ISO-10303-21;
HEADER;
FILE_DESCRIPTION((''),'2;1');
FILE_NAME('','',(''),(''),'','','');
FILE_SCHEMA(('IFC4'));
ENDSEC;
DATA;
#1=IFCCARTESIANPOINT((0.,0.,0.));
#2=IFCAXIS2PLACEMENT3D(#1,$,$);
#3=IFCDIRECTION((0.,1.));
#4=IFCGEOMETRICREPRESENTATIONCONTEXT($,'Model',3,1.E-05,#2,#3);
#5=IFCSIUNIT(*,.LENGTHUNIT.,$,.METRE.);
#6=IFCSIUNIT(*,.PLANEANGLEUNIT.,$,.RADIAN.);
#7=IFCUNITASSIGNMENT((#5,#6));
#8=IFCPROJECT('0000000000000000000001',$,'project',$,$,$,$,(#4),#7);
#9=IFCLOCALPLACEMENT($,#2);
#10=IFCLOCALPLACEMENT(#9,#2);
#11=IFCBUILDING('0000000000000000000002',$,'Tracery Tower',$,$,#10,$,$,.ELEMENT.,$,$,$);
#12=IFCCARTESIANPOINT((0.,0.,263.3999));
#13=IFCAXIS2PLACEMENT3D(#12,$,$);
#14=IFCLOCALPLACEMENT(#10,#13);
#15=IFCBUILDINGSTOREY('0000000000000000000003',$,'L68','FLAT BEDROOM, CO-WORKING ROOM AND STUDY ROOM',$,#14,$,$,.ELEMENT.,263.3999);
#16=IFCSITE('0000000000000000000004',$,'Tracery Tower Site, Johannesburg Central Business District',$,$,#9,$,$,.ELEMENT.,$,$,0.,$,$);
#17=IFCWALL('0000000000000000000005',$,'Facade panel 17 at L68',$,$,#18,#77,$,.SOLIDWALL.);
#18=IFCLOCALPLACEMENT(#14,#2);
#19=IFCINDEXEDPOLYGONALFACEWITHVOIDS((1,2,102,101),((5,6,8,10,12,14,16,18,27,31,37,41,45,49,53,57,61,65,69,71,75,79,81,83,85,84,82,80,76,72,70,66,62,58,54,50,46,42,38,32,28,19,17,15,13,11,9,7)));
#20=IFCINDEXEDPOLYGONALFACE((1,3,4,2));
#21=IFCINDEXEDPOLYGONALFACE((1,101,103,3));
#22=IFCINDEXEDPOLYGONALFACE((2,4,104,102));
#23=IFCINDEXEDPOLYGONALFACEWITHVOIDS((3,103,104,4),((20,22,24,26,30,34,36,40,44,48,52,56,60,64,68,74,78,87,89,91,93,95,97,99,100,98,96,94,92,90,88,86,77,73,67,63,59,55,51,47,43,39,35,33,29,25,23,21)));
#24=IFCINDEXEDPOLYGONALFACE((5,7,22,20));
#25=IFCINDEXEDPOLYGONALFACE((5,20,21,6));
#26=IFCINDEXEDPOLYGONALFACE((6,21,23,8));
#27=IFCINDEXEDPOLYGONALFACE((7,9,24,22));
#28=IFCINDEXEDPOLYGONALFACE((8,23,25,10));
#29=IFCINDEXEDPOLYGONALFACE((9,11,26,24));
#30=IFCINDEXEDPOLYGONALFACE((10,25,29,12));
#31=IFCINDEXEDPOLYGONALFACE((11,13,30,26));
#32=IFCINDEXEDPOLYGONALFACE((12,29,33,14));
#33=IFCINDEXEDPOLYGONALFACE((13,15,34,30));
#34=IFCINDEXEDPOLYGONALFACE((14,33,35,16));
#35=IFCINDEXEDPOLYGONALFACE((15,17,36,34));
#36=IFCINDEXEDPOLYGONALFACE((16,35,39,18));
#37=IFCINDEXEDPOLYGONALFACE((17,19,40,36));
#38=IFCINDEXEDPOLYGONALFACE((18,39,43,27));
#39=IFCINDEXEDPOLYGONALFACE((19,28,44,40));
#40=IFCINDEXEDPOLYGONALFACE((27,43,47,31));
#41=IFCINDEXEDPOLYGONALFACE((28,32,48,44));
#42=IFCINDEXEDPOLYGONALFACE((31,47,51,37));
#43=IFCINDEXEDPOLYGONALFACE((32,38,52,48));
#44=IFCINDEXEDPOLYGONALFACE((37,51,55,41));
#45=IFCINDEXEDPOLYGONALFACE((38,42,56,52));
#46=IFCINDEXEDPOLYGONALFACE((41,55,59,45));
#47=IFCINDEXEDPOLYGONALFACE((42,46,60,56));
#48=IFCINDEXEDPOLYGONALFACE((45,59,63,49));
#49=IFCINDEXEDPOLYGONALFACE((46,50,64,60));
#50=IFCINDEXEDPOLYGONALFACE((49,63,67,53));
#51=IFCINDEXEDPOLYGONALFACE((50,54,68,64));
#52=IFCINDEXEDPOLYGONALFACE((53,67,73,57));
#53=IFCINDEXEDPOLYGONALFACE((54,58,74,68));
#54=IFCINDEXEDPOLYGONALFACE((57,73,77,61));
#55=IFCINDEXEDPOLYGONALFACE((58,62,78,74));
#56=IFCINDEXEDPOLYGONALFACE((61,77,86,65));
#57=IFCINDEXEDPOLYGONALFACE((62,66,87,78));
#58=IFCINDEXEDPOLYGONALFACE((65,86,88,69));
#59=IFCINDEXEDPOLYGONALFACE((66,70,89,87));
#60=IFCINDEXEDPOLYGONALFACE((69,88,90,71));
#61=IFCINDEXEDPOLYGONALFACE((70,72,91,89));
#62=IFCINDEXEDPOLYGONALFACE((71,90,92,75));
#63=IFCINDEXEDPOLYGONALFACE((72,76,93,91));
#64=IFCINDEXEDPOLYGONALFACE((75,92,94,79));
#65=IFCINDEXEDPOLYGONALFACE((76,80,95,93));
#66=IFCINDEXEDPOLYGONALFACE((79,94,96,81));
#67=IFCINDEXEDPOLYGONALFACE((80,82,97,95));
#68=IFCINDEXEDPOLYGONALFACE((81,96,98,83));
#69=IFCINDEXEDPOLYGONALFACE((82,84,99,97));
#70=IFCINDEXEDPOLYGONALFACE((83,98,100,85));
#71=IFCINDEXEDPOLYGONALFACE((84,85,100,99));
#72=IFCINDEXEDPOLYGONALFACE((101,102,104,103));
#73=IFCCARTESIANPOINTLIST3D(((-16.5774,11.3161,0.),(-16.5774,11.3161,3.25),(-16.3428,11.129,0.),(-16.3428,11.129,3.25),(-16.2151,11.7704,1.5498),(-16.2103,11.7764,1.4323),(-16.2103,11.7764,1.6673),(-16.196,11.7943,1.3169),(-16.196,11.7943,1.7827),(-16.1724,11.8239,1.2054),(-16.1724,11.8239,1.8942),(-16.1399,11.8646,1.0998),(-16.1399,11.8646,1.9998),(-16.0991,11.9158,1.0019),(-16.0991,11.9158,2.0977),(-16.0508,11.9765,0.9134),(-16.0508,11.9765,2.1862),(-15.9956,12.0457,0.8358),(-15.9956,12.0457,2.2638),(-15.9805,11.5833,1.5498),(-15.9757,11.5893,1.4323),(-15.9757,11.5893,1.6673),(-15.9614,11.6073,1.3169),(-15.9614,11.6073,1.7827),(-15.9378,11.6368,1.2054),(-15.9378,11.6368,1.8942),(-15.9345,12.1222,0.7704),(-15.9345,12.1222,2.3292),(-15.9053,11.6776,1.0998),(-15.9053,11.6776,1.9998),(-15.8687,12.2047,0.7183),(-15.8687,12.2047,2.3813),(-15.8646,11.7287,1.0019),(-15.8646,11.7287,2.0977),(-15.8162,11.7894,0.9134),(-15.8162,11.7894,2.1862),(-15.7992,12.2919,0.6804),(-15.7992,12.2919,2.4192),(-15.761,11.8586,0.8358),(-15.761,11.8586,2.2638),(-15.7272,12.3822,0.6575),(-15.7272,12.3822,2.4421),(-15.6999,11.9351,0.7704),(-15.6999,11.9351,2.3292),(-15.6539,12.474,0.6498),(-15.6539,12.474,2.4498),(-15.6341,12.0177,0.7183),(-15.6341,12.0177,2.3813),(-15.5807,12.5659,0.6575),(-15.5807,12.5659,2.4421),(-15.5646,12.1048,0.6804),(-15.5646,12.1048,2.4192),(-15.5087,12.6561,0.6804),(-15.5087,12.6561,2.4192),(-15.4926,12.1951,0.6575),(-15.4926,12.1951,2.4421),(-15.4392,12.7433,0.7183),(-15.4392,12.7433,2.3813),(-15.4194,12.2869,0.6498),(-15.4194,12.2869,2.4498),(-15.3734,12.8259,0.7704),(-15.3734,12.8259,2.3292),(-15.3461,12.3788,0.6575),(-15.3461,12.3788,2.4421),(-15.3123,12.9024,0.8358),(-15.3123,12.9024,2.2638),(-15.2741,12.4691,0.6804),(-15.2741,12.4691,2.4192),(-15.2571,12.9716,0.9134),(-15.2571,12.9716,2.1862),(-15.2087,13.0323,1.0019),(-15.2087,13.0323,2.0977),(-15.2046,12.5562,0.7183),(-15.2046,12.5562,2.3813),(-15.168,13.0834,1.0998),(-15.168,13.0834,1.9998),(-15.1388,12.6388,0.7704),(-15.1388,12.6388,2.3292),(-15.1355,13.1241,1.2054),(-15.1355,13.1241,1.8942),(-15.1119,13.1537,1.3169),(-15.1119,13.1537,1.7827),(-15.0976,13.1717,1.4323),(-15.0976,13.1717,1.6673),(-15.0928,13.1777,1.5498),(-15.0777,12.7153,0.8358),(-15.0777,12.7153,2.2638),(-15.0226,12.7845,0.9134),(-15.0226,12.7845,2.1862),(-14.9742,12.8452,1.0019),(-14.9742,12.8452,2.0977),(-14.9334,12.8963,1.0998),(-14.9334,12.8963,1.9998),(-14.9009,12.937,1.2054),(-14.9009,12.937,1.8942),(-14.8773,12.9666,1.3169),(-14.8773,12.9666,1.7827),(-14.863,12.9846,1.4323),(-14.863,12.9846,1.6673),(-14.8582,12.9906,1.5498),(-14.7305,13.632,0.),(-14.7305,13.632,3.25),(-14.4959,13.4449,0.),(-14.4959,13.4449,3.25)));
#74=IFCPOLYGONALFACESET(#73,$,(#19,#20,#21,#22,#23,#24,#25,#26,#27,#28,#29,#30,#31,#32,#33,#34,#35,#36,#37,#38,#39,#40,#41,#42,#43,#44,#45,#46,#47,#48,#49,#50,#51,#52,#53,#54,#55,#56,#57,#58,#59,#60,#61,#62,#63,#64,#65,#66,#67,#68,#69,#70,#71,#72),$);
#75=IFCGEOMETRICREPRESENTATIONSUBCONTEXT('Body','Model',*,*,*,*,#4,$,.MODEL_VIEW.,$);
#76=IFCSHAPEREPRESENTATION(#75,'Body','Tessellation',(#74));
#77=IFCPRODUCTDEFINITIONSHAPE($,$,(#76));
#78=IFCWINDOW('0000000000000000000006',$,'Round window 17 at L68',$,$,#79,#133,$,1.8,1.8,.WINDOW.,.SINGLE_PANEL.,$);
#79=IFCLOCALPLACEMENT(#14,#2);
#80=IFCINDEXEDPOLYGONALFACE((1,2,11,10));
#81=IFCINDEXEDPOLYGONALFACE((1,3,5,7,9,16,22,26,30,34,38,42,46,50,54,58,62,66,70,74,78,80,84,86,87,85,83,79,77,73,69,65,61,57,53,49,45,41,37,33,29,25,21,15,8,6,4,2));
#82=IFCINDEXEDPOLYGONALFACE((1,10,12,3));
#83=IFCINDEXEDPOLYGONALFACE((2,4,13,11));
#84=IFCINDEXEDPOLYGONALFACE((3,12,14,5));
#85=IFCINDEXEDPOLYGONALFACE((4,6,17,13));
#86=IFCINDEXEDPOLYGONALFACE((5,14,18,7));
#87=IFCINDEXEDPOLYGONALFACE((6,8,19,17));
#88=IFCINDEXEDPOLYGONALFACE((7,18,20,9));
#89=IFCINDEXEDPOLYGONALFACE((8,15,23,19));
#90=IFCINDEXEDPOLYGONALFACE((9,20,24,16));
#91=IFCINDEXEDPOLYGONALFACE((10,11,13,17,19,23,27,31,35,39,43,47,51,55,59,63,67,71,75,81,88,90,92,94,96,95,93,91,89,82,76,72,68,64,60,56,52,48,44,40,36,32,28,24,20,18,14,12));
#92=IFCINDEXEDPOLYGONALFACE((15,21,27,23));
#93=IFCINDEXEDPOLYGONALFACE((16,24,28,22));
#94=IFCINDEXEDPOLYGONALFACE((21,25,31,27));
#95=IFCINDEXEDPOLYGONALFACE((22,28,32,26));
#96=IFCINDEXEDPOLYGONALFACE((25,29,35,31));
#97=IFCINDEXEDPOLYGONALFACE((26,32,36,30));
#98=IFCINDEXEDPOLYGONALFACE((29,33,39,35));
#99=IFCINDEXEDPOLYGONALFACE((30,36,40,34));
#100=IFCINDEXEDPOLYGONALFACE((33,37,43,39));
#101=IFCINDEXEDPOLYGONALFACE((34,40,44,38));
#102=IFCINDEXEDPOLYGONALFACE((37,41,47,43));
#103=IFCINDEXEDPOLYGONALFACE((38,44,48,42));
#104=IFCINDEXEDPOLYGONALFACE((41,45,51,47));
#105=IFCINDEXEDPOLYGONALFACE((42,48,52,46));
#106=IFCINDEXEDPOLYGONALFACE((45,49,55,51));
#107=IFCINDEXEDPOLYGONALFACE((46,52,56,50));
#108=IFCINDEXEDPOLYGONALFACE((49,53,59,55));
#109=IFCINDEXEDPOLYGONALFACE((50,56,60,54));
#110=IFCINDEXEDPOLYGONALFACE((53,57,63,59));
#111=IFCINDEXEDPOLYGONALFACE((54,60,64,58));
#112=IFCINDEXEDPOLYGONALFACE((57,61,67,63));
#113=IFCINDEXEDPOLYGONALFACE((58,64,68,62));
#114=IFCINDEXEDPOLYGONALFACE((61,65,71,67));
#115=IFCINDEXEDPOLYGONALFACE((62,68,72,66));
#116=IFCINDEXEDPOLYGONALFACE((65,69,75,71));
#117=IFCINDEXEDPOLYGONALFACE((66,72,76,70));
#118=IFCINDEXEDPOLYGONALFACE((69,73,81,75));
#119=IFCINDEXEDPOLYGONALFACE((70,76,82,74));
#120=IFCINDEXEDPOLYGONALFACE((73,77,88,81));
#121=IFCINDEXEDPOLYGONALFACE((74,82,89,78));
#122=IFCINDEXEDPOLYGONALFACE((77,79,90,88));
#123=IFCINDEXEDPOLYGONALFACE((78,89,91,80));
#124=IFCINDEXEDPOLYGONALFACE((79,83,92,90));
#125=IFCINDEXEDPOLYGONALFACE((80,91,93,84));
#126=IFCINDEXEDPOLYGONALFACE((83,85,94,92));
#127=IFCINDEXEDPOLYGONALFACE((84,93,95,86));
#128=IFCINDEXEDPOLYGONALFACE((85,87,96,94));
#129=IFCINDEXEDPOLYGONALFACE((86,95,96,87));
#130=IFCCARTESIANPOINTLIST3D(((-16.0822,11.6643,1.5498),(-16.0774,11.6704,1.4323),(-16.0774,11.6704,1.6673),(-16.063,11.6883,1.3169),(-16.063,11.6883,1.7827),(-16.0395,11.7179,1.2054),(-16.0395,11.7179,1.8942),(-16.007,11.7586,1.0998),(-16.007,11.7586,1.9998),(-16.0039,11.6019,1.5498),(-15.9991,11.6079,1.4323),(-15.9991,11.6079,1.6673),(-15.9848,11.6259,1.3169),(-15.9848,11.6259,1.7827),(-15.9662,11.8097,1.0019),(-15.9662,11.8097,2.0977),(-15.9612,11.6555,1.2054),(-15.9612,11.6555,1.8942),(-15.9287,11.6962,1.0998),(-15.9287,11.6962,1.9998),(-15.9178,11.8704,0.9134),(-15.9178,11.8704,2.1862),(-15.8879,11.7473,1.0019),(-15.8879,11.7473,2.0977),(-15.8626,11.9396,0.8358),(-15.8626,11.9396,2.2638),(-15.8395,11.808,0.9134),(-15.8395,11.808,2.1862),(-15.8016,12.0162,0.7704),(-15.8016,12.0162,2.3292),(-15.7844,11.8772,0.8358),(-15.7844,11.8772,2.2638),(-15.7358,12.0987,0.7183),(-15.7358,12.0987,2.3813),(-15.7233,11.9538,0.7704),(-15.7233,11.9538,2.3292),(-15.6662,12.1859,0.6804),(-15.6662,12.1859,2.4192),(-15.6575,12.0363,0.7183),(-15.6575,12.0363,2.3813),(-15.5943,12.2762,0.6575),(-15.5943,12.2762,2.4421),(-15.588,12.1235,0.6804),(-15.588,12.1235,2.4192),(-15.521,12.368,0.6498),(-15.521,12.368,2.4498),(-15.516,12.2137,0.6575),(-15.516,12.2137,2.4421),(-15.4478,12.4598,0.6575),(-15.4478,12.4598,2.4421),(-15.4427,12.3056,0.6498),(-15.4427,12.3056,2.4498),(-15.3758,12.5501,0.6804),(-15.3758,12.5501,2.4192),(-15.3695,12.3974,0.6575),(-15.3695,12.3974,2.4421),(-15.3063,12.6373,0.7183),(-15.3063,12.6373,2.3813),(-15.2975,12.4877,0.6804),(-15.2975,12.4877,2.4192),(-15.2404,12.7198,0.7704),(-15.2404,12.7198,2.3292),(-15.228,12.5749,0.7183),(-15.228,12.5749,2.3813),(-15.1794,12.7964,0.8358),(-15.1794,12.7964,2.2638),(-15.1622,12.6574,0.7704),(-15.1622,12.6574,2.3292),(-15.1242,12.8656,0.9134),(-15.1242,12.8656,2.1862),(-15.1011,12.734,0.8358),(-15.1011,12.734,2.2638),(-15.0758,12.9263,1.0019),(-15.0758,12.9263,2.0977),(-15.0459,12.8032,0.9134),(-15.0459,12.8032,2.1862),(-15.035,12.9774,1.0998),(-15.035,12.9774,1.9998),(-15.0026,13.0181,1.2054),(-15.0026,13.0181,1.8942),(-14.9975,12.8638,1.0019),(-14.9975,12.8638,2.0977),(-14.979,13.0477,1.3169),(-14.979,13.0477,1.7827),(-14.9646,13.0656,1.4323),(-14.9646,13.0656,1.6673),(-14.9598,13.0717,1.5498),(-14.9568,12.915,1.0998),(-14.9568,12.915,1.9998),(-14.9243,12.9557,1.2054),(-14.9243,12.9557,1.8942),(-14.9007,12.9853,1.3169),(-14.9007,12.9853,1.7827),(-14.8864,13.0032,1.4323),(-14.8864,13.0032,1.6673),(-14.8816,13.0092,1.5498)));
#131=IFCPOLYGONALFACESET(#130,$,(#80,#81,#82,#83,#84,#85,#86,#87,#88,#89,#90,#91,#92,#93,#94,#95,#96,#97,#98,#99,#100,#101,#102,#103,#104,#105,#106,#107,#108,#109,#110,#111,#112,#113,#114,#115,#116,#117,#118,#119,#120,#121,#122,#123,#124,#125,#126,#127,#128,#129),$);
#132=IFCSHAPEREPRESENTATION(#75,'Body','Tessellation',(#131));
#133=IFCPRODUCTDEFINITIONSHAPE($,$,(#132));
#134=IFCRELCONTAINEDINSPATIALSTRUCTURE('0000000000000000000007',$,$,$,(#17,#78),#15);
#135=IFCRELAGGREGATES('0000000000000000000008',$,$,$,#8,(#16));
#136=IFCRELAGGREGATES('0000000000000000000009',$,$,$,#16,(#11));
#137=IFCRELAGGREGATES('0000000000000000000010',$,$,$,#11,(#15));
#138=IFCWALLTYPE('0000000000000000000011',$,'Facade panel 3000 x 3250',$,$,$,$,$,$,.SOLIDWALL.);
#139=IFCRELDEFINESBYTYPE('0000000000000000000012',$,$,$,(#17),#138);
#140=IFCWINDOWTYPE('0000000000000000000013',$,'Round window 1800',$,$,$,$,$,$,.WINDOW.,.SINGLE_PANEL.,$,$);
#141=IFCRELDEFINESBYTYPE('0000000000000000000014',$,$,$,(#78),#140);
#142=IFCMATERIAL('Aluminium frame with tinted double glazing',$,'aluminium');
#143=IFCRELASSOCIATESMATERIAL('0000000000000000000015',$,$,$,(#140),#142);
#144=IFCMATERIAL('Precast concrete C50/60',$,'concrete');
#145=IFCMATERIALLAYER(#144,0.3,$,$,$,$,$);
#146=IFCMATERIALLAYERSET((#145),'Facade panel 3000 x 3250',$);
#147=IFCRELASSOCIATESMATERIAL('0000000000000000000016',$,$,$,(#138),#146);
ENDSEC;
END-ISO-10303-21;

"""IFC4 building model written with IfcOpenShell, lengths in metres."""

from ifc_helpers import new_model, si_unit, direction, frame, frame_2d, origin, origin_2d, place, context, subcontext, project, spatial, rectangle, circle, extrude, material, layer, layer_set, type_object, element, fill, save


model = new_model("IFC4")

# Units and contexts
model_context = context("Model", 3, precision=1e-05, world=origin(), true_north=direction((0.0, 1.0)))
body_context = subcontext(model_context, "Body", "Model", "MODEL_VIEW")
ifc_project = project(units=[si_unit("LENGTHUNIT", "METRE"), si_unit("PLANEANGLEUNIT", "RADIAN")], contexts=[model_context])

# Site, building, storey
site_placement = place(None, origin())
site = spatial("IfcSite", under=ifc_project, at=site_placement, Name="Tracery Tower Site, Johannesburg Central Business District", CompositionType="ELEMENT", RefElevation=0.0)
building_placement = place(site_placement, origin())
building = spatial("IfcBuilding", under=site, at=building_placement, Name="Tracery Tower", CompositionType="ELEMENT")
storey_placement = place(building_placement, frame((0.0, 0.0, 263.3999)))
storey = spatial("IfcBuildingStorey", under=building, at=storey_placement, Name="L68", Description="FLAT BEDROOM, CO-WORKING ROOM AND STUDY ROOM", CompositionType="ELEMENT", Elevation=263.3999)

# Wall, opening, window
ifc_material_1 = material(Name="Aluminium frame with tinted double glazing", Category="aluminium")
window_type = type_object("IfcWindowType", Name="Round window 1800", PartitioningType="SINGLE_PANEL", PredefinedType="WINDOW", material=ifc_material_1)
ifc_material_2 = material(Name="Precast concrete C50/60", Category="concrete")
ifc_layer_1 = layer(ifc_material_2, 0.3)
ifc_layer_set_1 = layer_set([ifc_layer_1], Name="Facade panel 3000 x 3250")
wall_type_1 = type_object("IfcWallType", Name="Facade panel 3000 x 3250", PredefinedType="SOLIDWALL", material=ifc_layer_set_1)
wall_1_placement = place(storey_placement, frame((-14.6133, 13.5383, 0.0), z_axis=(0.0, 0.0, 1.0), x_axis=(-0.623498, -0.781825, 0.0)))
wall_1 = element("IfcWall", 1, at=wall_1_placement, inside=storey, type_object=wall_type_1, Name="Facade panel 17 at L68", PredefinedType="SOLIDWALL", context=body_context, shape_type="SweptSolid", body=[
    extrude(rectangle(XDim=2.9622, YDim=0.3, at=frame_2d((1.481, 0.0))), origin(), (0.0, 0.0, 1.0), 3.25),
])
opening_1_placement = place(wall_1_placement, frame((1.481, 0.0, 1.5498)))
opening_1 = element("IfcOpeningElement", 2, at=opening_1_placement, cuts=wall_1, PredefinedType="OPENING", context=body_context, shape_type="SweptSolid", body=[
    extrude(circle(Radius=0.9, at=origin_2d()), frame((0.0, 0.1599, 0.0), z_axis=(0.0, -1.0, 0.0), x_axis=(1.0, 0.0, 0.0)), (0.0, 0.0, 1.0), 0.3201),
])
window_1_placement = place(opening_1_placement, origin())
window_1 = element("IfcWindow", 3, at=window_1_placement, inside=storey, type_object=window_type, Name="Round window 17 at L68", OverallHeight=1.8, OverallWidth=1.8, PartitioningType="SINGLE_PANEL", PredefinedType="WINDOW", context=body_context, shape_type="SweptSolid", body=[
    extrude(circle(Radius=0.9, at=origin_2d()), frame((0.0, 0.1201, 0.0), z_axis=(0.0, -1.0, 0.0), x_axis=(1.0, 0.0, 0.0)), (0.0, 0.0, 1.0), 0.1001),
])
fill(opening_1, window_1)

save(model, "model.ifc")
